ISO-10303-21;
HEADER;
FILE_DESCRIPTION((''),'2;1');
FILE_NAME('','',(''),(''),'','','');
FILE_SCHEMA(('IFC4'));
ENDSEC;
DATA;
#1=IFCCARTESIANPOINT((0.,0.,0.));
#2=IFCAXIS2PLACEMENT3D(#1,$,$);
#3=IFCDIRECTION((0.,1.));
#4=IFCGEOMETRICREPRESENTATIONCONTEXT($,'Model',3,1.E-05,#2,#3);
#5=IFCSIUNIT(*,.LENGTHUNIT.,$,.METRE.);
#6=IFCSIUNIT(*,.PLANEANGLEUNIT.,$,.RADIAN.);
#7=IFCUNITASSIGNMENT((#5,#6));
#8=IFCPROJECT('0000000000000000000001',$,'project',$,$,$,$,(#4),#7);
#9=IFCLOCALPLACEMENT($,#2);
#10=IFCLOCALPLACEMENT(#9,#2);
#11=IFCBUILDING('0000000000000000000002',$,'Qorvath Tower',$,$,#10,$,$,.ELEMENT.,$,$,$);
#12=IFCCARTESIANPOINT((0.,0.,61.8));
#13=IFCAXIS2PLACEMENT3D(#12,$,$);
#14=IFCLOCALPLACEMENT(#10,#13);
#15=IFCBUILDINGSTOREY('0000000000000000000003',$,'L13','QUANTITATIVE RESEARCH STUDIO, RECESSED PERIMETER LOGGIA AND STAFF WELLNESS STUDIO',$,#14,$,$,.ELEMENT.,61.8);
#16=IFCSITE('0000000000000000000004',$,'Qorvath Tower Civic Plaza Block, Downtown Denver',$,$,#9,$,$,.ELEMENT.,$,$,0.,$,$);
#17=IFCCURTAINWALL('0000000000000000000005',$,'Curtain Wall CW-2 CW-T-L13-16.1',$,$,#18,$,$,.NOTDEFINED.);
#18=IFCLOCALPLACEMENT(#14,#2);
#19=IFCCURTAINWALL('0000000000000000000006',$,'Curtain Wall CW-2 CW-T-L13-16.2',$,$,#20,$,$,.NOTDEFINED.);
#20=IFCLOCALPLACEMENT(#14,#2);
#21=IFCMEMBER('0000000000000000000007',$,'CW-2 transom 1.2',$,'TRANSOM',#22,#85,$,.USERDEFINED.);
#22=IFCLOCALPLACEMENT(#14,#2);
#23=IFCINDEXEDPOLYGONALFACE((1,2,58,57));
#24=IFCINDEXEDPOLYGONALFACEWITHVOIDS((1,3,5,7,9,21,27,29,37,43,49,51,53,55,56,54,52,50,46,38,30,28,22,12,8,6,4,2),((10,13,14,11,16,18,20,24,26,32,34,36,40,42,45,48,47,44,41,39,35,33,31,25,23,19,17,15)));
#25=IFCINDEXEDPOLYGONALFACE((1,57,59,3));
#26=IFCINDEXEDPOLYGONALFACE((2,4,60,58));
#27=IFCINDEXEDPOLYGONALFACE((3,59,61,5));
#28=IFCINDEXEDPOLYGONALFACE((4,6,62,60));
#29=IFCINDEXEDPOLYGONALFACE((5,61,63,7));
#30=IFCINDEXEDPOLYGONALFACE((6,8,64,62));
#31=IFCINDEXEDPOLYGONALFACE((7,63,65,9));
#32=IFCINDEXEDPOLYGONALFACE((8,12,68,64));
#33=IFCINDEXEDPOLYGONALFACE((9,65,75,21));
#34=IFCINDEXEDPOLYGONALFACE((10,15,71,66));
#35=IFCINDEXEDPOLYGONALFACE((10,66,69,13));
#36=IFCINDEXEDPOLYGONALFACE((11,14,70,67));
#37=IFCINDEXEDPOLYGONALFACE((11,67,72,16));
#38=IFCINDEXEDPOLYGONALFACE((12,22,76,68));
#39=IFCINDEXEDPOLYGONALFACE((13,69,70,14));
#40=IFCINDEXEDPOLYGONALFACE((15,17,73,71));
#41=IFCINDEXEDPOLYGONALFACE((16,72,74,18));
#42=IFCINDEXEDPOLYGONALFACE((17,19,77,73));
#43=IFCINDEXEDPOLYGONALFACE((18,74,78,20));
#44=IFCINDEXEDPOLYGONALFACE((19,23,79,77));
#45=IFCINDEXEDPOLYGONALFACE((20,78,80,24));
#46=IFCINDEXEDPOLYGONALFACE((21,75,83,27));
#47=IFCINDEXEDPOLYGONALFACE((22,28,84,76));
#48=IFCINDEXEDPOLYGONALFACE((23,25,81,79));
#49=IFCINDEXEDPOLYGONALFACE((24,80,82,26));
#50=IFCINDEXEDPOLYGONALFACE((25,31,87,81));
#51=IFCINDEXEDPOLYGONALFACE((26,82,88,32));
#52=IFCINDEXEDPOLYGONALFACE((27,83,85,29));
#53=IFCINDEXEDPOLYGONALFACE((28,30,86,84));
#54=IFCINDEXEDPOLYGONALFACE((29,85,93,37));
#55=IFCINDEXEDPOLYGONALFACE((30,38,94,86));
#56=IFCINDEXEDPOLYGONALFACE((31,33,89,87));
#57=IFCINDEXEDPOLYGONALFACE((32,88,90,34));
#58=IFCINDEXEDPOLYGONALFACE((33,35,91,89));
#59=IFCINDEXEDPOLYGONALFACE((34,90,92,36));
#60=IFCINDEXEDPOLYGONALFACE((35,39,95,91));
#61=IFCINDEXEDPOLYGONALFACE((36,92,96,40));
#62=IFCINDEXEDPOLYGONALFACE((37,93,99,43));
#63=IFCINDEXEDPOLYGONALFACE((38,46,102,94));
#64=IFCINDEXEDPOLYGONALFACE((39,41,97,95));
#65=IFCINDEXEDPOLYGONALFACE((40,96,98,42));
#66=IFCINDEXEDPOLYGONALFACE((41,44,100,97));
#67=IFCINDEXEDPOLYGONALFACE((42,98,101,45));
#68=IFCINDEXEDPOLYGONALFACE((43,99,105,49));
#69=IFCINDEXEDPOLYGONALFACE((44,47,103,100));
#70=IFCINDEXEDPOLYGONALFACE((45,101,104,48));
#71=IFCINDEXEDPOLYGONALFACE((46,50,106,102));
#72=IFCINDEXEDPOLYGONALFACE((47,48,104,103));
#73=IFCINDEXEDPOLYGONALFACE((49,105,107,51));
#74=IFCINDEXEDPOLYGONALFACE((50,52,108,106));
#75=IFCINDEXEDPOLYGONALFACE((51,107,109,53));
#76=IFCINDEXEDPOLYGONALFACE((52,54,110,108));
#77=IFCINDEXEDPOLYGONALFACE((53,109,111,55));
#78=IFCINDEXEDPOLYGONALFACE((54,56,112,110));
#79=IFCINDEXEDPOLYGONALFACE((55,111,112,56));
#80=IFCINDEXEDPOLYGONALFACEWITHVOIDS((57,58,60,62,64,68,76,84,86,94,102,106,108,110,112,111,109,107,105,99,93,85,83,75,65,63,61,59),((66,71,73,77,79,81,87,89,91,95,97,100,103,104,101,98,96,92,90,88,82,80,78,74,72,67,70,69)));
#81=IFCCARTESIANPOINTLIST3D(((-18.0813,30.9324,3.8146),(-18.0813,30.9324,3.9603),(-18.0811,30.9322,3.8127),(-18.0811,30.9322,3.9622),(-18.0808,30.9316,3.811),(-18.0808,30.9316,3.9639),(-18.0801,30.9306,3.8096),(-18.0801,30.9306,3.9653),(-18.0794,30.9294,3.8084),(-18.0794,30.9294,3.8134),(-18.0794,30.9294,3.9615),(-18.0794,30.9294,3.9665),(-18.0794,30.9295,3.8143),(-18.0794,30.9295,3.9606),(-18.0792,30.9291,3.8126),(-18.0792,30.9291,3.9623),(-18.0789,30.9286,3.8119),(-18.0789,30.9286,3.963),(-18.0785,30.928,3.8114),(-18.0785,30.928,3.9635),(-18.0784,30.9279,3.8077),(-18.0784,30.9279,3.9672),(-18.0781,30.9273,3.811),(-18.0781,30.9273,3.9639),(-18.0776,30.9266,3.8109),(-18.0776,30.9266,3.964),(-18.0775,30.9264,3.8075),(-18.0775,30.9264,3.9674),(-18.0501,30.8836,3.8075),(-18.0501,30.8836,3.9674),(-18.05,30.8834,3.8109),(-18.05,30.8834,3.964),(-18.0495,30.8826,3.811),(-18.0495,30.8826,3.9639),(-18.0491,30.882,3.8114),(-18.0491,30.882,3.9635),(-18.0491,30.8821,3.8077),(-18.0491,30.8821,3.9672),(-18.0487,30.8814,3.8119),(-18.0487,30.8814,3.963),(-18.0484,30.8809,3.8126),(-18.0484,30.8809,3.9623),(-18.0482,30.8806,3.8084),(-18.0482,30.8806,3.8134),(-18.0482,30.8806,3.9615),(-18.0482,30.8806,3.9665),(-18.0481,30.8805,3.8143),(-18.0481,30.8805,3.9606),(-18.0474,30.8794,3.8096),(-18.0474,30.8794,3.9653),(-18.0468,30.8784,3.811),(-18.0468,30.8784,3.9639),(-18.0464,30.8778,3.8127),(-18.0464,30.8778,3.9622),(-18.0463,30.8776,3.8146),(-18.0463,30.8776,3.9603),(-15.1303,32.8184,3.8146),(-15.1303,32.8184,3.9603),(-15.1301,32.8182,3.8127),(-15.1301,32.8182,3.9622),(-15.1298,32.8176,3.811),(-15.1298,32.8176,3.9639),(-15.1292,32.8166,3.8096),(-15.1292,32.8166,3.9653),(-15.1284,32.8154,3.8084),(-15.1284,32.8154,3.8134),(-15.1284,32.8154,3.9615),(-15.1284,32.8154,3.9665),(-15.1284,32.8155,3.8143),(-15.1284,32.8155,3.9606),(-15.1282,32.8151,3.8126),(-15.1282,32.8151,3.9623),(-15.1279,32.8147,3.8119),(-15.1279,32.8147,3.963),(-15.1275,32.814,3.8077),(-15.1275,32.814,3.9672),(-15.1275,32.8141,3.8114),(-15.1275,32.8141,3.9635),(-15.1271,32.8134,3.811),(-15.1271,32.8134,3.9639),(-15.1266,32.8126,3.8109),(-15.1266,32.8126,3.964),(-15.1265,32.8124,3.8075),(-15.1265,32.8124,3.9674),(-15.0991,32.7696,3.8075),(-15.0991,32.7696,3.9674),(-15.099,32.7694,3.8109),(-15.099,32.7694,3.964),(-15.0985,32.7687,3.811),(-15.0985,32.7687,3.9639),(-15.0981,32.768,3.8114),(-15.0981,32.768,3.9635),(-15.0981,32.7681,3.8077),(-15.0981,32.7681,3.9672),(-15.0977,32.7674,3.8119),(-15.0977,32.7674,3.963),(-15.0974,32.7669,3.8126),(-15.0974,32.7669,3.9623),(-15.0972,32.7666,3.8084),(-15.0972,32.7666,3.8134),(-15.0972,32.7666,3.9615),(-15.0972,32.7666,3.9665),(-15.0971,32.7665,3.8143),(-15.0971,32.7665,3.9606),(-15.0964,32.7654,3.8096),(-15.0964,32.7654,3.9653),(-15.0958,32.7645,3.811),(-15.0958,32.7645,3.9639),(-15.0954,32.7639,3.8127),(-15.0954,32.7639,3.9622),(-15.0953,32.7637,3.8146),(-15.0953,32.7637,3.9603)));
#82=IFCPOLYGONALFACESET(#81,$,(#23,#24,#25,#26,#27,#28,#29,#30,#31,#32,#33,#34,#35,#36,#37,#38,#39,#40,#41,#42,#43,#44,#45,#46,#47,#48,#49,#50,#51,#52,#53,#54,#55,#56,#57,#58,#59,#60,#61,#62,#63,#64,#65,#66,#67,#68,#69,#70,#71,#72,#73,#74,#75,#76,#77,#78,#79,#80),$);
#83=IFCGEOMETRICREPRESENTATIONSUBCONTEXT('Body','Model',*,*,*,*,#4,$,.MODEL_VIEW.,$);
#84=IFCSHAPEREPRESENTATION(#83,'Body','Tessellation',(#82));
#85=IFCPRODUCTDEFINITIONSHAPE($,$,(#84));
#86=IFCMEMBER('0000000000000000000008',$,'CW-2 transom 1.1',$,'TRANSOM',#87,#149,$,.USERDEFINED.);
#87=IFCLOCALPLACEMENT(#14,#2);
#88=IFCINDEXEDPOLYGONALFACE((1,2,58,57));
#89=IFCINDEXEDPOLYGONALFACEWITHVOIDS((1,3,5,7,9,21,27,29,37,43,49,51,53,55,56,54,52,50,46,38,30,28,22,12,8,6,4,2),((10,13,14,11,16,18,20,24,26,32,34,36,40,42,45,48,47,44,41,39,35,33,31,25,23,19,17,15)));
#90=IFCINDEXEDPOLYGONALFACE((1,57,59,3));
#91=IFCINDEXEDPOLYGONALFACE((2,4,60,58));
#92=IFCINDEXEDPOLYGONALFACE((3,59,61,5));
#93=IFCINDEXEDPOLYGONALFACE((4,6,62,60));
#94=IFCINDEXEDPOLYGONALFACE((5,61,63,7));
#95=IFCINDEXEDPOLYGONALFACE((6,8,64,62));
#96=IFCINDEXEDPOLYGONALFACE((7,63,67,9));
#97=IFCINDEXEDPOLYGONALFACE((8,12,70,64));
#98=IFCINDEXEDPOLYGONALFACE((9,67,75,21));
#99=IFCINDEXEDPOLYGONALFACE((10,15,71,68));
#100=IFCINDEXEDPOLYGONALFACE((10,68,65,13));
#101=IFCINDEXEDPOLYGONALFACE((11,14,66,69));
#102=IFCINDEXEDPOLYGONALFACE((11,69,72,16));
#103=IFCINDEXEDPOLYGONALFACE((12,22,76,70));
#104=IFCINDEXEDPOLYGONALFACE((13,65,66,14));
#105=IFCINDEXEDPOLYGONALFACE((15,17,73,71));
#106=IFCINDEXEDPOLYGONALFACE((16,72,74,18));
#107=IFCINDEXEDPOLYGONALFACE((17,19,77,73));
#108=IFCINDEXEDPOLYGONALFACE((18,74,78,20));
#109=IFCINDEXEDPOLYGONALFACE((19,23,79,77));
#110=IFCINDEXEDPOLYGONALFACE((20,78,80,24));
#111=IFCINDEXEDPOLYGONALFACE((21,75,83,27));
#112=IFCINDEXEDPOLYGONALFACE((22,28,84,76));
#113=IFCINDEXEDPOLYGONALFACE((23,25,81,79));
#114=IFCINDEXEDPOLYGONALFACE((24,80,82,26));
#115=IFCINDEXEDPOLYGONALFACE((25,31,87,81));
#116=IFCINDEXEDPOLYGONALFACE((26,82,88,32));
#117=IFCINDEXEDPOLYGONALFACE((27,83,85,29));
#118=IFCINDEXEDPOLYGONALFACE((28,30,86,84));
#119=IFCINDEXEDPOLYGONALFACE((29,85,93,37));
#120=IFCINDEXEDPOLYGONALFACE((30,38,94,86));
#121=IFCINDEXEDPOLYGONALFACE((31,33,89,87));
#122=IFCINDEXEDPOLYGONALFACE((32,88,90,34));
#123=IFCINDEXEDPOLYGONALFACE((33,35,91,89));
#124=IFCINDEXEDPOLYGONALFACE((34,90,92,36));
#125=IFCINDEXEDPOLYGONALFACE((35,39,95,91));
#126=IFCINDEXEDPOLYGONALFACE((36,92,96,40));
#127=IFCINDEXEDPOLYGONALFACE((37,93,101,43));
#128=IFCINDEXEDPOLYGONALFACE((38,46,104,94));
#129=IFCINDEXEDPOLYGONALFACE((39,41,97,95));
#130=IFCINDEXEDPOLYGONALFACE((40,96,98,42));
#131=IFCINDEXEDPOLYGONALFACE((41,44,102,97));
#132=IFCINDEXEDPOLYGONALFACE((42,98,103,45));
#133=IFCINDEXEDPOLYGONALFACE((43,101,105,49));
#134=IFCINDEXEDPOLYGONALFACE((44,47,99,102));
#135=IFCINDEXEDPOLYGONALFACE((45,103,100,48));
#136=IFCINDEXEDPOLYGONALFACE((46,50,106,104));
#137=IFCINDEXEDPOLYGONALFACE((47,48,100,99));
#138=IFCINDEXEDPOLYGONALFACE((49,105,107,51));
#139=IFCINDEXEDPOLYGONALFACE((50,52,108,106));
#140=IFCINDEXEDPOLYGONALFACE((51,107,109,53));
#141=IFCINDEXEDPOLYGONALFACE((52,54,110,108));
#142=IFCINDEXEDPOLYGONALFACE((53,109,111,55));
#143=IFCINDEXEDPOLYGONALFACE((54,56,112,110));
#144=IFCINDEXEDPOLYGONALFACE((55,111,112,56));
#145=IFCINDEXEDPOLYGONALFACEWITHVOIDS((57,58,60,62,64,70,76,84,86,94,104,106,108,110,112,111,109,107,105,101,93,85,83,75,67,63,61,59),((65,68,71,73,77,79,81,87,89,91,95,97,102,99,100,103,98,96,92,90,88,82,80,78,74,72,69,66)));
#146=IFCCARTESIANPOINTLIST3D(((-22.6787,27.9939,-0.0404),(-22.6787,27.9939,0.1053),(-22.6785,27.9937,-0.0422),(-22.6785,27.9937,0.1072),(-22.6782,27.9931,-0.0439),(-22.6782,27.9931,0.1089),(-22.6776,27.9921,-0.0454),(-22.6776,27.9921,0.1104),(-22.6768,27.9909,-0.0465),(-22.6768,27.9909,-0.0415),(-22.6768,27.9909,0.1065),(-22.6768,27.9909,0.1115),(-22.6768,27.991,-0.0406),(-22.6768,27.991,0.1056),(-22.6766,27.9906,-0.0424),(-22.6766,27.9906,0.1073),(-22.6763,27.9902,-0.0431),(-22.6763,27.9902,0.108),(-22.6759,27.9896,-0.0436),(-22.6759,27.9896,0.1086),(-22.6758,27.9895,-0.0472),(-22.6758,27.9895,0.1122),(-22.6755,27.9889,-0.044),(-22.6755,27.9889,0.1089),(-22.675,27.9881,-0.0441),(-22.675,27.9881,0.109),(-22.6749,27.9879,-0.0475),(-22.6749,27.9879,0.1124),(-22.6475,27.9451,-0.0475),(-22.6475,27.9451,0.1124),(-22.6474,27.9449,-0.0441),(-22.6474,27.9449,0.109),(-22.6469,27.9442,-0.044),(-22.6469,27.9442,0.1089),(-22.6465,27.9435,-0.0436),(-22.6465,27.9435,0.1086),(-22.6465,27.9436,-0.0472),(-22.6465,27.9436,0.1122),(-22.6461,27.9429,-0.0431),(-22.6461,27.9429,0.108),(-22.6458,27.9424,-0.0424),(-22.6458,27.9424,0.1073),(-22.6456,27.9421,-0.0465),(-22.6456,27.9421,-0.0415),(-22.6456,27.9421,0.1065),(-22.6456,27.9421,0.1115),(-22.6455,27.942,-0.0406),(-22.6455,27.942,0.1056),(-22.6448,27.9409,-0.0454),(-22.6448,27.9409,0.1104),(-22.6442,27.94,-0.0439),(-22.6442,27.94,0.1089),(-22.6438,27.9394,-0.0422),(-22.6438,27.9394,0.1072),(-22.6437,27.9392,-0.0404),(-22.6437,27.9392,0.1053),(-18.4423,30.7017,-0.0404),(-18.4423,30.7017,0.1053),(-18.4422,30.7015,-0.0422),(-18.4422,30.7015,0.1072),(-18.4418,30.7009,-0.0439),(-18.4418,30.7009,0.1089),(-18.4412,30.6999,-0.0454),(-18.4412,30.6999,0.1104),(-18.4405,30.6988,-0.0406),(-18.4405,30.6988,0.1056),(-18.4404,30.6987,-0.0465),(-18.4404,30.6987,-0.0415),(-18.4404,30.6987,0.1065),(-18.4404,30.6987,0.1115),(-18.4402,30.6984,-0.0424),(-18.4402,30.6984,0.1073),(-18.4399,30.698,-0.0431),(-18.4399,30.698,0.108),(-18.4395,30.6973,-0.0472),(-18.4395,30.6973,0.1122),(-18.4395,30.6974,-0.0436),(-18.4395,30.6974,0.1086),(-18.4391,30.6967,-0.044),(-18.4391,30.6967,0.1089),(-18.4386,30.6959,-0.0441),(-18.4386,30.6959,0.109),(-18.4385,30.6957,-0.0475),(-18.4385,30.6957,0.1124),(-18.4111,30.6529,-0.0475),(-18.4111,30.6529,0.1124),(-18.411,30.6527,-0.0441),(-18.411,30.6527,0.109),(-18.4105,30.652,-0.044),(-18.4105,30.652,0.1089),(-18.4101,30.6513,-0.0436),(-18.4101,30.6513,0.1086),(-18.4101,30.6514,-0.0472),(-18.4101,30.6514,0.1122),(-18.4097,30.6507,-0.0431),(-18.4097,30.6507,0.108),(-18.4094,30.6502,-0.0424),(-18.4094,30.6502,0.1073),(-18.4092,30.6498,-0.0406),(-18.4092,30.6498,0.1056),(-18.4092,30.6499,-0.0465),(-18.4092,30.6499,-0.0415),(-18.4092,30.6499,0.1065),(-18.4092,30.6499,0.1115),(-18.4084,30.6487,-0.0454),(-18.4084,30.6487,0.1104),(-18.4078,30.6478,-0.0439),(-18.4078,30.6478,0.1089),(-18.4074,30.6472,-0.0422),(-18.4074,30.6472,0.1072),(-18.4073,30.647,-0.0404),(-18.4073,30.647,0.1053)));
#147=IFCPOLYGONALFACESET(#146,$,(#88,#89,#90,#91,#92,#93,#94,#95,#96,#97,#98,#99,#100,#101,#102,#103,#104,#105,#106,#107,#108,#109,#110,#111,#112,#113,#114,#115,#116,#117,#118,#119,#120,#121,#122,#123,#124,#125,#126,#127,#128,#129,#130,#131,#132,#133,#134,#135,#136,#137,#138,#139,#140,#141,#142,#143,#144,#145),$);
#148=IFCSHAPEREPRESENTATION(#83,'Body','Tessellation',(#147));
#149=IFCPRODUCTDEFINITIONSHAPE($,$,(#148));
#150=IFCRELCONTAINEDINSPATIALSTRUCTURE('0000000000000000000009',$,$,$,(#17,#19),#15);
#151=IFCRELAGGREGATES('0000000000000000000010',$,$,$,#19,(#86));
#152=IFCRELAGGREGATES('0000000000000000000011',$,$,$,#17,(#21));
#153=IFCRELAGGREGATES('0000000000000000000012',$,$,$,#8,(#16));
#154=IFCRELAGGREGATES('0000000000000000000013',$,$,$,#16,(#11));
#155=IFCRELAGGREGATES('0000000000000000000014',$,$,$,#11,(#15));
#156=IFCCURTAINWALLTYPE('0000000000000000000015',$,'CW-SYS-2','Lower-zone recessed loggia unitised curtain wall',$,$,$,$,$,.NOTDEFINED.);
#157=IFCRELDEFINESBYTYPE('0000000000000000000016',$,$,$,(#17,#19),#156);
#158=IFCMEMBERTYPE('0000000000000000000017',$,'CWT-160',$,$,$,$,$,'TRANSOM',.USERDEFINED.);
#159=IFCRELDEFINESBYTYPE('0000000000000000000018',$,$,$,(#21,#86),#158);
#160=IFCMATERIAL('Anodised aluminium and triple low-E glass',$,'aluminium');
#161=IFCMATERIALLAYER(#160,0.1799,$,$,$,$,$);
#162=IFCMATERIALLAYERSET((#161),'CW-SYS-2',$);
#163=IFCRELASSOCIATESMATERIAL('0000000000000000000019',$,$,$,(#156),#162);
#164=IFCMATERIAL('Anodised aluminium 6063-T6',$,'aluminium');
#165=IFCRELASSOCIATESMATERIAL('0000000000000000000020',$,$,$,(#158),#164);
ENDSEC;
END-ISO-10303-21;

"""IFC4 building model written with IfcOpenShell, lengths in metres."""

from ifc_helpers import new_model, si_unit, direction, frame, origin, origin_2d, place, context, subcontext, project, spatial, hollow_rectangle, extrude, material, layer, layer_set, material_profile, profile_set, type_object, element, aggregate, save


model = new_model("IFC4")

# Units and contexts
model_context = context("Model", 3, precision=1e-05, world=origin(), true_north=direction((0.0, 1.0)))
body_context = subcontext(model_context, "Body", "Model", "MODEL_VIEW")
ifc_project = project(units=[si_unit("LENGTHUNIT", "METRE"), si_unit("PLANEANGLEUNIT", "RADIAN")], contexts=[model_context])

# Site, building, storey
site_placement = place(None, origin())
site = spatial("IfcSite", under=ifc_project, at=site_placement, Name="Qorvath Tower Civic Plaza Block, Downtown Denver", CompositionType="ELEMENT", RefElevation=0.0)
building_placement = place(site_placement, origin())
building = spatial("IfcBuilding", under=site, at=building_placement, Name="Qorvath Tower", CompositionType="ELEMENT")
storey_placement = place(building_placement, frame((0.0, 0.0, 61.8)))
storey = spatial("IfcBuildingStorey", under=building, at=storey_placement, Name="L13", Description="QUANTITATIVE RESEARCH STUDIO, RECESSED PERIMETER LOGGIA AND STAFF WELLNESS STUDIO", CompositionType="ELEMENT", Elevation=61.8)

# Shared definitions
ifc_material_1 = material(Name="Anodised aluminium and triple low-E glass", Category="aluminium")
ifc_layer_1 = layer(ifc_material_1, 0.1799)
ifc_layer_set_1 = layer_set([ifc_layer_1], Name="CW-SYS-2")
curtain_wall_type = type_object("IfcCurtainWallType", Name="CW-SYS-2", Description="Lower-zone recessed loggia unitised curtain wall", PredefinedType="NOTDEFINED", material=ifc_layer_set_1)

# Curtain wall
curtain_wall_1_placement = place(storey_placement, origin())
curtain_wall_1 = element("IfcCurtainWall", 1, at=curtain_wall_1_placement, inside=storey, type_object=curtain_wall_type, Name="Curtain Wall CW-2 CW-T-L13-16.1", PredefinedType="NOTDEFINED")

# Curtain wall
curtain_wall_2_placement = place(storey_placement, origin())
curtain_wall_2 = element("IfcCurtainWall", 2, at=curtain_wall_2_placement, inside=storey, type_object=curtain_wall_type, Name="Curtain Wall CW-2 CW-T-L13-16.2", PredefinedType="NOTDEFINED")

# Members
ifc_material_2 = material(Name="Anodised aluminium 6063-T6", Category="aluminium")
ifc_material_profile_1 = material_profile(ifc_material_2, hollow_rectangle(XDim=0.0649, YDim=0.1599, WallThickness=0.0034, InnerFilletRadius=0.0034, OuterFilletRadius=0.0071, at=origin_2d()), Name="CWT 160x65")
ifc_profile_set_1 = profile_set([ifc_material_profile_1], Name="Anodised aluminium 6063-T6")
member_type_1 = type_object("IfcMemberType", Name="CWT-160", ElementType="TRANSOM", PredefinedType="USERDEFINED", material=ifc_profile_set_1)
member_1_placement = place(storey_placement, frame((-15.1128, 32.791, 3.8875), z_axis=(-0.842609, -0.538525, 0.0), x_axis=(0.538525, -0.842609, 0.0)))
member_1 = element("IfcMember", 3, at=member_1_placement, type_object=member_type_1, Name="CW-2 transom 1.2", ObjectType="TRANSOM", PredefinedType="USERDEFINED", context=body_context, shape_type="SweptSolid", body=[
    extrude(hollow_rectangle(XDim=0.0649, YDim=0.1599, WallThickness=0.0034, InnerFilletRadius=0.0034, OuterFilletRadius=0.0071, at=origin_2d()), origin(), (0.0, 0.0, 1.0), 3.5022),
])
member_2_placement = place(storey_placement, frame((-18.4248, 30.6743, 0.0325), z_axis=(-0.842586, -0.538562, 0.0), x_axis=(0.538562, -0.842586, 0.0)))
member_2 = element("IfcMember", 4, at=member_2_placement, type_object=member_type_1, Name="CW-2 transom 1.1", ObjectType="TRANSOM", PredefinedType="USERDEFINED", context=body_context, shape_type="SweptSolid", body=[
    extrude(hollow_rectangle(XDim=0.0649, YDim=0.1599, WallThickness=0.0034, InnerFilletRadius=0.0034, OuterFilletRadius=0.0071, at=origin_2d()), origin(), (0.0, 0.0, 1.0), 5.0278),
])
aggregate(curtain_wall_2, [member_2])

aggregate(curtain_wall_1, [member_1])

save(model, "model.ifc")
